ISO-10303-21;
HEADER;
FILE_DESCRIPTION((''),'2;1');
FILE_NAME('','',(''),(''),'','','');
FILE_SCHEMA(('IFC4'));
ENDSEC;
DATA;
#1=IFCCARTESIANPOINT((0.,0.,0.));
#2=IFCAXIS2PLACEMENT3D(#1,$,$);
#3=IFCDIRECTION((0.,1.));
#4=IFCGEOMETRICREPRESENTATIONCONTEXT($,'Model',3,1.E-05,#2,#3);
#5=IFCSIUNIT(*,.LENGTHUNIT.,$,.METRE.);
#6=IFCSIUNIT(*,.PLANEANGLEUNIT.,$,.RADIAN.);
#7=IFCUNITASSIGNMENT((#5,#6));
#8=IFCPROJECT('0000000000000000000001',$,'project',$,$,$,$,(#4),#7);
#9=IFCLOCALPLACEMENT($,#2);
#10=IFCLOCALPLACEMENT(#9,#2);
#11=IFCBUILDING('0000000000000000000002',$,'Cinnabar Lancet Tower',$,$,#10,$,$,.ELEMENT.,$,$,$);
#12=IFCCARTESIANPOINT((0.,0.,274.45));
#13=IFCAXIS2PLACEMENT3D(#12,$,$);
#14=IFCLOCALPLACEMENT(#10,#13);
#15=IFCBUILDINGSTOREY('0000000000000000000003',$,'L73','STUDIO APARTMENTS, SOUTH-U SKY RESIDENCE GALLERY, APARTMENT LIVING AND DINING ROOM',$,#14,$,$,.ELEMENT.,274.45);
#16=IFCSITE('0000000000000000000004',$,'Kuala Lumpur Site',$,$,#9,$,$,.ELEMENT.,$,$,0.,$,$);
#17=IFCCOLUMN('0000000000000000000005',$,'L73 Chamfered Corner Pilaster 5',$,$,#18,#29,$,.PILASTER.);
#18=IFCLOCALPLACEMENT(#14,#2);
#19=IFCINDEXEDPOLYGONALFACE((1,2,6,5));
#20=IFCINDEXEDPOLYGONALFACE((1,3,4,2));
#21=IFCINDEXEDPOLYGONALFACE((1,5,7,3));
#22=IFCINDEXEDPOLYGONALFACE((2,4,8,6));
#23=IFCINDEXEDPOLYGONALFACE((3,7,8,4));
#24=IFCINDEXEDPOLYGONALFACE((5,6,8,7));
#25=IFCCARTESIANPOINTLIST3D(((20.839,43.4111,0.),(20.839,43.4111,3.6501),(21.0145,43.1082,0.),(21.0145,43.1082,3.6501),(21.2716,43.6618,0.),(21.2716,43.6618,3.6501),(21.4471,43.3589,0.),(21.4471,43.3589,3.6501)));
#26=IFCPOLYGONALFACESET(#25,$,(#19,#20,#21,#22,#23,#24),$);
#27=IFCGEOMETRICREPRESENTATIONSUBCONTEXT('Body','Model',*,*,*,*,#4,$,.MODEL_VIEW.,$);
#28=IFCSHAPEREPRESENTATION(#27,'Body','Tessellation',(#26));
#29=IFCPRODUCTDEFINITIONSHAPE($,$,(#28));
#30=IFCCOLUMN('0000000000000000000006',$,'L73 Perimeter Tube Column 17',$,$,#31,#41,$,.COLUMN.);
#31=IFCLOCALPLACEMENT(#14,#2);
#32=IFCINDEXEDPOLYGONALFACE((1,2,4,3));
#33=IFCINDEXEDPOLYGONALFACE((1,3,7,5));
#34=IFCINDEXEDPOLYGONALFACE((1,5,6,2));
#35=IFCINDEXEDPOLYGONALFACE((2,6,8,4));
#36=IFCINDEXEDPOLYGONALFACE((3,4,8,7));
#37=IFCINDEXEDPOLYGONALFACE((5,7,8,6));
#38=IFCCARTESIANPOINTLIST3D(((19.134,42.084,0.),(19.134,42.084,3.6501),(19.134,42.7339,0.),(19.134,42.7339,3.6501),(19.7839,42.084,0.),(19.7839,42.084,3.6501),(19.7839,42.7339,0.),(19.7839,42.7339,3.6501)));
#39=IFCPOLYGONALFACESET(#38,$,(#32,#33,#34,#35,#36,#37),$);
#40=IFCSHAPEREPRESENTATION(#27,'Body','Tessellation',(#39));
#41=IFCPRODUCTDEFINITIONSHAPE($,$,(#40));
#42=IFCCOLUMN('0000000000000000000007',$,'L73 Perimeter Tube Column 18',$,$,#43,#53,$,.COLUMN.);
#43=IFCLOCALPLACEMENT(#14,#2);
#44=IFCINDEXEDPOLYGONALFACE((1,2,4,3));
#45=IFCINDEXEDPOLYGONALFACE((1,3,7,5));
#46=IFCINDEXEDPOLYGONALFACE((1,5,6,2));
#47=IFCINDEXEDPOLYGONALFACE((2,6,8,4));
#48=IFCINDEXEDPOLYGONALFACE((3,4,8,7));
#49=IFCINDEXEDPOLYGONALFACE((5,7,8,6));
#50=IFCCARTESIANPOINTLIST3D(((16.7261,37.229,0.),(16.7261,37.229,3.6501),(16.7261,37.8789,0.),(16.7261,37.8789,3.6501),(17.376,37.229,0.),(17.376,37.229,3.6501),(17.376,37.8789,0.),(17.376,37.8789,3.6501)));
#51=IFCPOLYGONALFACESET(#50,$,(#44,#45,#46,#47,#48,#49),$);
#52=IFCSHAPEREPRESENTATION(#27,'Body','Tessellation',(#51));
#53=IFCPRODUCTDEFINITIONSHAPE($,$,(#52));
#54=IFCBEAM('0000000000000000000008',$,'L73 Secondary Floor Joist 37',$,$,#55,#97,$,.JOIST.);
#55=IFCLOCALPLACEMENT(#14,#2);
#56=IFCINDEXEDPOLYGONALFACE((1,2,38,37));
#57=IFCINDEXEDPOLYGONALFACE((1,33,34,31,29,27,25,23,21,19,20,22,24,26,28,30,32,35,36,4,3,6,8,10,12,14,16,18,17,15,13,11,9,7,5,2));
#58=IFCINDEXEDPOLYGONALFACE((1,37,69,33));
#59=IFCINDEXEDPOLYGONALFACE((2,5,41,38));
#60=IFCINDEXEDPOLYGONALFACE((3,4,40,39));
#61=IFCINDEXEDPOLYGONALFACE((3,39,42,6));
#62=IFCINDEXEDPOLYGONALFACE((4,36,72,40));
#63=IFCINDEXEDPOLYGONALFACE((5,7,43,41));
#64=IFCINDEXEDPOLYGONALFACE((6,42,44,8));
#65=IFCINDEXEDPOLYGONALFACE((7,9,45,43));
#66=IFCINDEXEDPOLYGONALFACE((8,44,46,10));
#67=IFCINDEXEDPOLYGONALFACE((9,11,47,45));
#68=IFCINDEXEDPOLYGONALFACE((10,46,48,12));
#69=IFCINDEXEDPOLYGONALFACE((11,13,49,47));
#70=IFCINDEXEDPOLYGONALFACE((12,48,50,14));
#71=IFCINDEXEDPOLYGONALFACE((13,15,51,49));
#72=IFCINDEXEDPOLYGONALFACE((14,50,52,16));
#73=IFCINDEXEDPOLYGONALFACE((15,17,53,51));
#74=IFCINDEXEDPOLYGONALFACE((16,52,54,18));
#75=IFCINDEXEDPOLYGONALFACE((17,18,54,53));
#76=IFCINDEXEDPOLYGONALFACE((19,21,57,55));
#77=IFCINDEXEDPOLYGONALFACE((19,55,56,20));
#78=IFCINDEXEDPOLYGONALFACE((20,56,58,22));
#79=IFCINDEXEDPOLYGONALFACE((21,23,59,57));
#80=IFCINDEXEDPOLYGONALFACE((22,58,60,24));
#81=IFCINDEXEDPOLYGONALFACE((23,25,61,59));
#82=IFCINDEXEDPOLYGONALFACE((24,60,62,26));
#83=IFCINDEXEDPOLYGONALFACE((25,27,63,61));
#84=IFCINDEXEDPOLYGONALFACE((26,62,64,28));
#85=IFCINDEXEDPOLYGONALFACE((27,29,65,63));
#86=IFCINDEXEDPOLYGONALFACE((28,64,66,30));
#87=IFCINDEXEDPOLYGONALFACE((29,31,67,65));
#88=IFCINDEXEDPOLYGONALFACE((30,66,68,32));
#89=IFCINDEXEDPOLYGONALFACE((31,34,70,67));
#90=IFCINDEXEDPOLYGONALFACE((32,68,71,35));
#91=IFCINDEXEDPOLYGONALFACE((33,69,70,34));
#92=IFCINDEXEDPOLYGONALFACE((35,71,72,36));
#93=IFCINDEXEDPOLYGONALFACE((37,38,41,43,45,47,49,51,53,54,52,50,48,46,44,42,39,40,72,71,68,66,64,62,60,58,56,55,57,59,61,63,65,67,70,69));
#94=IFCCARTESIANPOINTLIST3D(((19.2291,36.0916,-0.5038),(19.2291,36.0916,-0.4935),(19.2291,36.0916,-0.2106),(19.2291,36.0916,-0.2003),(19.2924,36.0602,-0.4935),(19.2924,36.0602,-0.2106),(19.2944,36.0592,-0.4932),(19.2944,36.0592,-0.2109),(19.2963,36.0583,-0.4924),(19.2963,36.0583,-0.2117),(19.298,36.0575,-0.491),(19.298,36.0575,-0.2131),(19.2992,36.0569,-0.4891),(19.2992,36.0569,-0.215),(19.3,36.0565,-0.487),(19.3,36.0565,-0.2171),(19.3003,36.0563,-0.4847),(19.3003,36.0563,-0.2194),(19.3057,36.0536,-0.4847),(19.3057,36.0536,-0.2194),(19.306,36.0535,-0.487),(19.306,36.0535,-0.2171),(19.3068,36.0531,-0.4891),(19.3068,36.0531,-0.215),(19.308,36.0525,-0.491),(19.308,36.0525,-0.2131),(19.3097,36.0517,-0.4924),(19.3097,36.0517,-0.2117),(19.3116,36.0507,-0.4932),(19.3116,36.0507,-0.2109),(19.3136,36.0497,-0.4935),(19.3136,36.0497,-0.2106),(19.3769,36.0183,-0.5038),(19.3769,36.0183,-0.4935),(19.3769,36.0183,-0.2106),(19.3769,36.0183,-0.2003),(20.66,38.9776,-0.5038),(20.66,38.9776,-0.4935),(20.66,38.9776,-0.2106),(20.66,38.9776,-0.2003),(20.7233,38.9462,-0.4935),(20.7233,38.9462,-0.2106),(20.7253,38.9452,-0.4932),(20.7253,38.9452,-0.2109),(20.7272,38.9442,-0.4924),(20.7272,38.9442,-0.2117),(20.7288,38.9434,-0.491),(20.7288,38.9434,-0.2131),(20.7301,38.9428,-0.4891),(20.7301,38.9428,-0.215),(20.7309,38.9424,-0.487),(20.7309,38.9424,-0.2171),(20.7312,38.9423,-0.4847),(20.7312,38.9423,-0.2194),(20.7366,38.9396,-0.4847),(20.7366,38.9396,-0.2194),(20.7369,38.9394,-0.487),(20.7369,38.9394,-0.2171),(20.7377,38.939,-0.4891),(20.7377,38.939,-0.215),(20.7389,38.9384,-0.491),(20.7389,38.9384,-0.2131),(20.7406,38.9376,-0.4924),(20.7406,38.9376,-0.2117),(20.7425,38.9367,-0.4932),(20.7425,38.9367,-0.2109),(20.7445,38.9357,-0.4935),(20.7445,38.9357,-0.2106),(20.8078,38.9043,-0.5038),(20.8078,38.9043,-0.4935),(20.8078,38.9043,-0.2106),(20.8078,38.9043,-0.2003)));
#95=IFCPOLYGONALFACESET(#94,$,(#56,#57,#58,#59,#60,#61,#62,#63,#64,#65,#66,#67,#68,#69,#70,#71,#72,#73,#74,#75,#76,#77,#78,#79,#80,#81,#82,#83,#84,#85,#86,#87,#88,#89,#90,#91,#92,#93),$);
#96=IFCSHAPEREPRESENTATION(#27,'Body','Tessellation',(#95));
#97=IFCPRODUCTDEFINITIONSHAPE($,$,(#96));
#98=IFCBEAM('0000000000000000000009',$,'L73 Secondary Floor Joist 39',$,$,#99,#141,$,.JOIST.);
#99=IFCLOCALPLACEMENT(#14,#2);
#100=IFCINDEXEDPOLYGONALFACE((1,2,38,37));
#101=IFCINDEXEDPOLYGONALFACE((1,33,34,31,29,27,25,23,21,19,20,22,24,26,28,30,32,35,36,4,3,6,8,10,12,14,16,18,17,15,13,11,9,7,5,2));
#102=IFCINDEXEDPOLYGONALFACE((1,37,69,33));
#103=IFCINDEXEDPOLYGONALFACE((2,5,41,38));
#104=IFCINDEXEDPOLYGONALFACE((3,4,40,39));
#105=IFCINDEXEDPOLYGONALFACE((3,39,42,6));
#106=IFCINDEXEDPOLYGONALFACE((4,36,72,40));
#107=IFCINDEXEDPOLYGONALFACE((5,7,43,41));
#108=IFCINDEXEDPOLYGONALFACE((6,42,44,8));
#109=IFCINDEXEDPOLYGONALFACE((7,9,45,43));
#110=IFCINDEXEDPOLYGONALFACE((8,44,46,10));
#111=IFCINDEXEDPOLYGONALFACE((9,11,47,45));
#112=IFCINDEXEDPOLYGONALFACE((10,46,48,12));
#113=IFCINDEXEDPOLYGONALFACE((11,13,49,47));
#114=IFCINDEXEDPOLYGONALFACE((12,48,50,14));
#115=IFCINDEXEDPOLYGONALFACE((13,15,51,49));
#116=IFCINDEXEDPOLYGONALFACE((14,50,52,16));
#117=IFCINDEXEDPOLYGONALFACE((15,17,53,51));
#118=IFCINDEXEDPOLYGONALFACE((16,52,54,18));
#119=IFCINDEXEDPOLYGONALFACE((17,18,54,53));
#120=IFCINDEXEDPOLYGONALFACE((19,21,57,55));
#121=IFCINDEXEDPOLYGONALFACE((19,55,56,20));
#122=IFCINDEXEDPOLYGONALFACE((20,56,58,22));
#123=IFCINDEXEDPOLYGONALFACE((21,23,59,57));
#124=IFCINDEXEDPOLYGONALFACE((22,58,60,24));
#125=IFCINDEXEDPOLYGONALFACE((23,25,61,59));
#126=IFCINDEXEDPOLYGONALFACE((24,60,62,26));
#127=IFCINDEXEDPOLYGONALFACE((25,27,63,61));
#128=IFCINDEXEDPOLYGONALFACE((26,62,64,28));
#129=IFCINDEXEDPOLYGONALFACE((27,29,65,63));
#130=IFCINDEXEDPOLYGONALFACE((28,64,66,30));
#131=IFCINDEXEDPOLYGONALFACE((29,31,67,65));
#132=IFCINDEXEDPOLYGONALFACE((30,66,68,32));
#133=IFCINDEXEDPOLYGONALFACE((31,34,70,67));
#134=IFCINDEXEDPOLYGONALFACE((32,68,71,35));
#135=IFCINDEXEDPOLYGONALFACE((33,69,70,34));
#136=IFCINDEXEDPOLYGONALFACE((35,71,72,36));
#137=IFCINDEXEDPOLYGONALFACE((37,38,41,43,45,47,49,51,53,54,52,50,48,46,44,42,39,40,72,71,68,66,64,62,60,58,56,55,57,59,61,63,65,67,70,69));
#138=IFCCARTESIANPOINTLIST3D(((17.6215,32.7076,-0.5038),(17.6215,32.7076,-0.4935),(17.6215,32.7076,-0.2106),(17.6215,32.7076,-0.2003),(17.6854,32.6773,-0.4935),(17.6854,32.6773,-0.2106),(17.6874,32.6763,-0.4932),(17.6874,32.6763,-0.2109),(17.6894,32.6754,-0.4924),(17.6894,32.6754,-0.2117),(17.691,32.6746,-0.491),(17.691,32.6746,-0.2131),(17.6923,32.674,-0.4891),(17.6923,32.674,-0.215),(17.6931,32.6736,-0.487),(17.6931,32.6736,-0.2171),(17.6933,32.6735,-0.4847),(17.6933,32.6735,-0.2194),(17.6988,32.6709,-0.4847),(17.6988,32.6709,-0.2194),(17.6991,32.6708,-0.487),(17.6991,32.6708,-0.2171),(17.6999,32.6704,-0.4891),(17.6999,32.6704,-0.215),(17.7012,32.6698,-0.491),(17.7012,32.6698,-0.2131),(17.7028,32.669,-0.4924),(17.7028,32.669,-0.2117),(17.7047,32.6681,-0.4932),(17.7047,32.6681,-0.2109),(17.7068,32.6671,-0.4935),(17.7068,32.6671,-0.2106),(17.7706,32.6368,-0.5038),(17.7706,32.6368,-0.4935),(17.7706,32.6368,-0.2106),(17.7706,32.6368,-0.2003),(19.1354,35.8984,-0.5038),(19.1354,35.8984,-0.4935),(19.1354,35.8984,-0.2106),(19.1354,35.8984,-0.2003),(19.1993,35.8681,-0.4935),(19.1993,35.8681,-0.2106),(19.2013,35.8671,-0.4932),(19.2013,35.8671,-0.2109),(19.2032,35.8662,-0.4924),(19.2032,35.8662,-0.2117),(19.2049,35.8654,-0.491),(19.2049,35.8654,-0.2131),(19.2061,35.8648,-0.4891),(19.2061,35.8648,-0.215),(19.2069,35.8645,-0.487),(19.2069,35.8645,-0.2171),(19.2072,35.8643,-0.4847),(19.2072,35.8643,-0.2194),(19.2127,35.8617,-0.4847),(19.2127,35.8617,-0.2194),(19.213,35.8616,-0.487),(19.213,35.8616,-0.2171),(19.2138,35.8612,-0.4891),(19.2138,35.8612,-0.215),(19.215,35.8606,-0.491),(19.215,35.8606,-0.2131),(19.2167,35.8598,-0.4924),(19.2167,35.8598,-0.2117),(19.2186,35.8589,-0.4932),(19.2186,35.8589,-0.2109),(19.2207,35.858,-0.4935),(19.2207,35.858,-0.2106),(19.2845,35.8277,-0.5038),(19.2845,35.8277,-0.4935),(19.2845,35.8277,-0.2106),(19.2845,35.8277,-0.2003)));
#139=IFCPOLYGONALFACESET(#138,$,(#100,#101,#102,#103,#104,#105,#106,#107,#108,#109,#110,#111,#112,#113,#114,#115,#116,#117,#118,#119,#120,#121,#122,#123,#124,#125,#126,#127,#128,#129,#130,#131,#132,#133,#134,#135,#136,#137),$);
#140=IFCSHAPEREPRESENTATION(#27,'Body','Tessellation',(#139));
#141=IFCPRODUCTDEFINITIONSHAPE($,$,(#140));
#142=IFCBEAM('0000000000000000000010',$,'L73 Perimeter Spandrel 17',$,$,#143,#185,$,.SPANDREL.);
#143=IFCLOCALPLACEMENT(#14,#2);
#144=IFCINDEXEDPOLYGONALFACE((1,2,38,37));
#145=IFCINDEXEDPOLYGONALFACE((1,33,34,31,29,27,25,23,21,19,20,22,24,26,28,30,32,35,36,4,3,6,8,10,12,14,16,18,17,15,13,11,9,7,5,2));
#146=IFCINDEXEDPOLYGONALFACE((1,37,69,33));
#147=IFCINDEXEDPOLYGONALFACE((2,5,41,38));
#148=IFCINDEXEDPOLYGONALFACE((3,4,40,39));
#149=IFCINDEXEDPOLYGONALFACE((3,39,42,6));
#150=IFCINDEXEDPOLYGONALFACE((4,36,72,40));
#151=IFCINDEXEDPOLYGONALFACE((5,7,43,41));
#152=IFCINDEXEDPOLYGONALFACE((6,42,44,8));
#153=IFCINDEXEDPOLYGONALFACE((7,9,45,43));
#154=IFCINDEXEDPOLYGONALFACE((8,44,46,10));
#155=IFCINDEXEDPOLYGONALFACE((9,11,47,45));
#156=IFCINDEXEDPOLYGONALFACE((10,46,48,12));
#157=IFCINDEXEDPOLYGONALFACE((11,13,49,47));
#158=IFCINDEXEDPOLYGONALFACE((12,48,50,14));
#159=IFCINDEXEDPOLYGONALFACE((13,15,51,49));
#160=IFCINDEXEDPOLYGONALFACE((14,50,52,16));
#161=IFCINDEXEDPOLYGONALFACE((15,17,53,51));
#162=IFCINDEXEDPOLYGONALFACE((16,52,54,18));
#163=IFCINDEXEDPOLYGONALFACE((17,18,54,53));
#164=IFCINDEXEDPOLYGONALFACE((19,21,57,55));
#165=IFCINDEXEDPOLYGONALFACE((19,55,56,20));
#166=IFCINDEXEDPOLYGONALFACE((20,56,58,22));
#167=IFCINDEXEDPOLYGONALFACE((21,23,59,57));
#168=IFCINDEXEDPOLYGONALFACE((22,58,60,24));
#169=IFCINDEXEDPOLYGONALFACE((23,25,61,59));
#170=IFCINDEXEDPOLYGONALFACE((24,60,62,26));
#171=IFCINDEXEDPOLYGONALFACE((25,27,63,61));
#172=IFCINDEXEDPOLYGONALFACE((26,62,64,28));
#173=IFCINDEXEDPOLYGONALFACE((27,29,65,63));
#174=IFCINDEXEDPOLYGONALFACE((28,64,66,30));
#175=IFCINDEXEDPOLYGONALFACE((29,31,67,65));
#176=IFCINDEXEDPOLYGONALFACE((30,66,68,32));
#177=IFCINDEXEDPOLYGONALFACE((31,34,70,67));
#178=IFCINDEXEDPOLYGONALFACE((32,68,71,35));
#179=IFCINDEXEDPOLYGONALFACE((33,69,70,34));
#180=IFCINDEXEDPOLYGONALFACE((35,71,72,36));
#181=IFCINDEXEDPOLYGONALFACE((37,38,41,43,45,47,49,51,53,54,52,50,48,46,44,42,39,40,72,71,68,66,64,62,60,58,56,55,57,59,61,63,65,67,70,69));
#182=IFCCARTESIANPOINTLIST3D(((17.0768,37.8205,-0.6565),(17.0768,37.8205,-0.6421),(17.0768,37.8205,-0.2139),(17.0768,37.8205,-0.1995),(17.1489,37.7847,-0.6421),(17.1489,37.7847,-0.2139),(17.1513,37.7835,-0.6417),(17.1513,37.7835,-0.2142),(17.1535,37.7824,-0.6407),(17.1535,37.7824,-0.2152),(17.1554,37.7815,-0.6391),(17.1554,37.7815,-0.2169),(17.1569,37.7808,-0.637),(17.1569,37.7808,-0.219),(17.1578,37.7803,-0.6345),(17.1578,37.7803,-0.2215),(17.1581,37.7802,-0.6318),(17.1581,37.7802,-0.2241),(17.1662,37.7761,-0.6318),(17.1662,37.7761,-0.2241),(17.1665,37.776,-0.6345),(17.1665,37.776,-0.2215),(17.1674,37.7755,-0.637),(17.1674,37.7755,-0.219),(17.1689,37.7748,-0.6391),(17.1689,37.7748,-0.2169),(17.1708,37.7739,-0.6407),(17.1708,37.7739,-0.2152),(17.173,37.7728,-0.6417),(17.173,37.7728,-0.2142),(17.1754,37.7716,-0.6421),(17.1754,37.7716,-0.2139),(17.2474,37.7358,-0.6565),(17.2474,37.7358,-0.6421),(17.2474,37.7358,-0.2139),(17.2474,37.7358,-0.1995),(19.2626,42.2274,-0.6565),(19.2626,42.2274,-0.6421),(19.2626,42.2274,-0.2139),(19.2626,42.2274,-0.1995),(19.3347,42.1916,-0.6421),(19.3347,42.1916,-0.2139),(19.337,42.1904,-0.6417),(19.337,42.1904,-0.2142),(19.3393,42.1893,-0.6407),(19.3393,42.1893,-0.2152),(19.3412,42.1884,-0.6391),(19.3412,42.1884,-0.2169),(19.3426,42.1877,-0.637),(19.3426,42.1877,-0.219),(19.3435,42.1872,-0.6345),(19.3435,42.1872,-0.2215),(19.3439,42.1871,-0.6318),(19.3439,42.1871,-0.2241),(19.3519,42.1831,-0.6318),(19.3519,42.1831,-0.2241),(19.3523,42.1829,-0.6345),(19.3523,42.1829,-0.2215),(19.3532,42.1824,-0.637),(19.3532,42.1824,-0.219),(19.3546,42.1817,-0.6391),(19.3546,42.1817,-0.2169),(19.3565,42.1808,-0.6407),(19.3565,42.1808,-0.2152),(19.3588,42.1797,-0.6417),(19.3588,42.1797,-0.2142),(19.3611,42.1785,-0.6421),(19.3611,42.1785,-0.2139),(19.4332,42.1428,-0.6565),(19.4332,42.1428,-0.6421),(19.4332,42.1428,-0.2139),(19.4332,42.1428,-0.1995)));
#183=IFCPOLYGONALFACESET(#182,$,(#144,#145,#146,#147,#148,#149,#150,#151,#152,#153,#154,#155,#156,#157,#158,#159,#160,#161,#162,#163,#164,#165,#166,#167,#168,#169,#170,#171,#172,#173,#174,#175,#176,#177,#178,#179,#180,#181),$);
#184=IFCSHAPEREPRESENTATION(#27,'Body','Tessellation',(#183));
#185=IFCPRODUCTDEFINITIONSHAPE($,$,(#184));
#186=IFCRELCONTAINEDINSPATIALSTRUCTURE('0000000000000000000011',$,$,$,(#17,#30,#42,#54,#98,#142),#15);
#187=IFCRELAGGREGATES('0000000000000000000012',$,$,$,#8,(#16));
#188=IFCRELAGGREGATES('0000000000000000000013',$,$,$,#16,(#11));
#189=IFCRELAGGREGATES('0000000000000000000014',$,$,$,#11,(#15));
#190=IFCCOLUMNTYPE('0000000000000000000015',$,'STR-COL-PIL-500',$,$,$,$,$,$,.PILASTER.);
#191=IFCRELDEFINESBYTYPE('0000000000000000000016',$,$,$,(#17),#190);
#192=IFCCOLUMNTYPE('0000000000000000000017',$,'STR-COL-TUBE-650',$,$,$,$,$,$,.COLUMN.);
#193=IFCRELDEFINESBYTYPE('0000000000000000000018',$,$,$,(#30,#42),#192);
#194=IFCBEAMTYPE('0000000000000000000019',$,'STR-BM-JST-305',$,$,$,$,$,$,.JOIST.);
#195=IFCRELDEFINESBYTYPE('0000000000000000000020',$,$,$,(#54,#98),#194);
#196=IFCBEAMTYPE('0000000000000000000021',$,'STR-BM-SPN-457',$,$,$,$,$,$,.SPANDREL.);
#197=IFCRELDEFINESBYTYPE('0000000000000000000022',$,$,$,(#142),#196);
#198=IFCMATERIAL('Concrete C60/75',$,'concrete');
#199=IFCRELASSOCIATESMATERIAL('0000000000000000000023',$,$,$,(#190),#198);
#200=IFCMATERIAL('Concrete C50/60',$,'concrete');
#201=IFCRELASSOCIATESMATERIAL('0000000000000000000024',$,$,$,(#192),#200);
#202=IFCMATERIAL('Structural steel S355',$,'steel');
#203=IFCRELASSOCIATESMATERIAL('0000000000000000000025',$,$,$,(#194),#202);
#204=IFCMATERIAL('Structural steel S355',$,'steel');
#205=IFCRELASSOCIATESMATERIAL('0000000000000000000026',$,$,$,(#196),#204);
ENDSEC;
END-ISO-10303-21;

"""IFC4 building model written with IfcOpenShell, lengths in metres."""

from ifc_helpers import new_model, si_unit, direction, frame, origin, origin_2d, place, context, subcontext, project, spatial, rectangle, i_section, extrude, material, material_profile, profile_set, type_object, element, save


model = new_model("IFC4")

# Units and contexts
model_context = context("Model", 3, precision=1e-05, world=origin(), true_north=direction((0.0, 1.0)))
body_context = subcontext(model_context, "Body", "Model", "MODEL_VIEW")
ifc_project = project(units=[si_unit("LENGTHUNIT", "METRE"), si_unit("PLANEANGLEUNIT", "RADIAN")], contexts=[model_context])

# Site, building, storey
site_placement = place(None, origin())
site = spatial("IfcSite", under=ifc_project, at=site_placement, Name="Kuala Lumpur Site", CompositionType="ELEMENT", RefElevation=0.0)
building_placement = place(site_placement, origin())
building = spatial("IfcBuilding", under=site, at=building_placement, Name="Cinnabar Lancet Tower", CompositionType="ELEMENT")
storey_placement = place(building_placement, frame((0.0, 0.0, 274.45)))
storey = spatial("IfcBuildingStorey", under=building, at=storey_placement, Name="L73", Description="STUDIO APARTMENTS, SOUTH-U SKY RESIDENCE GALLERY, APARTMENT LIVING AND DINING ROOM", CompositionType="ELEMENT", Elevation=274.45)

# Columns
ifc_material_1 = material(Name="Concrete C60/75", Category="concrete")
ifc_material_profile_1 = material_profile(ifc_material_1, rectangle(XDim=0.5, YDim=0.3501, at=origin_2d()), Name="RC-PIL 500x350")
ifc_profile_set_1 = profile_set([ifc_material_profile_1], Name="Concrete C60/75")
column_type_1 = type_object("IfcColumnType", Name="STR-COL-PIL-500", PredefinedType="PILASTER", material=ifc_profile_set_1)
column_placement = place(storey_placement, frame((21.1431, 43.385, 0.0), z_axis=(0.0, 0.0, 1.0), x_axis=(-0.865256, -0.50133, 0.0)))
element("IfcColumn", 1, at=column_placement, inside=storey, type_object=column_type_1, Name="L73 Chamfered Corner Pilaster 5", PredefinedType="PILASTER", context=body_context, shape_type="SweptSolid", body=[
    extrude(rectangle(XDim=0.5, YDim=0.3501, at=origin_2d()), origin(), (0.0, 0.0, 1.0), 3.6501),
])
ifc_material_2 = material(Name="Concrete C50/60", Category="concrete")
ifc_material_profile_2 = material_profile(ifc_material_2, rectangle(XDim=0.6499, YDim=0.6499, at=origin_2d()), Name="RC-COL 650x650")
ifc_profile_set_2 = profile_set([ifc_material_profile_2], Name="Concrete C50/60")
column_type_2 = type_object("IfcColumnType", Name="STR-COL-TUBE-650", PredefinedType="COLUMN", material=ifc_profile_set_2)
for number, where, z_axis, x_axis, name in (
    (2, (19.459, 42.4089, 0.0), (0.0, 0.0, 1.0), (1.0, 0.0, 0.0), "L73 Perimeter Tube Column 17"),
    (3, (17.051, 37.554, 0.0), (0.0, 0.0, 1.0), (1.0, 0.0, 0.0), "L73 Perimeter Tube Column 18"),
):
    element("IfcColumn", number, at=place(storey_placement, frame(where, z_axis=z_axis, x_axis=x_axis)), inside=storey, type_object=column_type_2, Name=name, PredefinedType="COLUMN", context=body_context, shape_type="SweptSolid", body=[
        extrude(rectangle(XDim=0.6499, YDim=0.6499, at=origin_2d()), origin(), (0.0, 0.0, 1.0), 3.6501),
    ])

# Beams
ifc_material_3 = material(Name="Structural steel S355", Category="steel")
ifc_material_profile_3 = material_profile(ifc_material_3, i_section(OverallWidth=0.165, OverallDepth=0.3035, WebThickness=0.0061, FlangeThickness=0.0103, FilletRadius=0.0088, at=origin_2d()), Name="UKB 305x165x40")
ifc_profile_set_3 = profile_set([ifc_material_profile_3], Name="Structural steel S355")
beam_type_1 = type_object("IfcBeamType", Name="STR-BM-JST-305", PredefinedType="JOIST", material=ifc_profile_set_3)
beam_1_placement = place(storey_placement, frame((20.7339, 38.9409, -0.3521), z_axis=(-0.44421, -0.895923, 0.0), x_axis=(0.895923, -0.44421, 0.0)))
element("IfcBeam", 4, at=beam_1_placement, inside=storey, type_object=beam_type_1, Name="L73 Secondary Floor Joist 37", PredefinedType="JOIST", context=body_context, shape_type="SweptSolid", body=[
    extrude(i_section(OverallWidth=0.165, OverallDepth=0.3035, WebThickness=0.0061, FlangeThickness=0.0103, FilletRadius=0.0088, at=origin_2d()), origin(), (0.0, 0.0, 1.0), 3.2212),
])
beam_2_placement = place(storey_placement, frame((19.21, 35.863, -0.3521), z_axis=(-0.428648, -0.903472, 0.0), x_axis=(0.903472, -0.428648, 0.0)))
element("IfcBeam", 5, at=beam_2_placement, inside=storey, type_object=beam_type_1, Name="L73 Secondary Floor Joist 39", PredefinedType="JOIST", context=body_context, shape_type="SweptSolid", body=[
    extrude(i_section(OverallWidth=0.165, OverallDepth=0.3035, WebThickness=0.0061, FlangeThickness=0.0103, FilletRadius=0.0088, at=origin_2d()), origin(), (0.0, 0.0, 1.0), 3.5317),
])
ifc_material_4 = material(Name="Structural steel S355", Category="steel")
ifc_material_profile_4 = material_profile(ifc_material_4, i_section(OverallWidth=0.1904, OverallDepth=0.457, WebThickness=0.009, FlangeThickness=0.0144, FilletRadius=0.0103, at=origin_2d()), Name="UKB 457x191x74")
ifc_profile_set_4 = profile_set([ifc_material_profile_4], Name="Structural steel S355")
beam_type_2 = type_object("IfcBeamType", Name="STR-BM-SPN-457", PredefinedType="SPANDREL", material=ifc_profile_set_4)
beam_3_placement = place(storey_placement, frame((19.3479, 42.1851, -0.428), z_axis=(-0.444333, -0.895862, 0.0), x_axis=(0.895862, -0.444333, 0.0)))
element("IfcBeam", 6, at=beam_3_placement, inside=storey, type_object=beam_type_2, Name="L73 Perimeter Spandrel 17", PredefinedType="SPANDREL", context=body_context, shape_type="SweptSolid", body=[
    extrude(i_section(OverallWidth=0.1904, OverallDepth=0.457, WebThickness=0.009, FlangeThickness=0.0144, FilletRadius=0.0103, at=origin_2d()), origin(), (0.0, 0.0, 1.0), 4.9192),
])

save(model, "model.ifc")
